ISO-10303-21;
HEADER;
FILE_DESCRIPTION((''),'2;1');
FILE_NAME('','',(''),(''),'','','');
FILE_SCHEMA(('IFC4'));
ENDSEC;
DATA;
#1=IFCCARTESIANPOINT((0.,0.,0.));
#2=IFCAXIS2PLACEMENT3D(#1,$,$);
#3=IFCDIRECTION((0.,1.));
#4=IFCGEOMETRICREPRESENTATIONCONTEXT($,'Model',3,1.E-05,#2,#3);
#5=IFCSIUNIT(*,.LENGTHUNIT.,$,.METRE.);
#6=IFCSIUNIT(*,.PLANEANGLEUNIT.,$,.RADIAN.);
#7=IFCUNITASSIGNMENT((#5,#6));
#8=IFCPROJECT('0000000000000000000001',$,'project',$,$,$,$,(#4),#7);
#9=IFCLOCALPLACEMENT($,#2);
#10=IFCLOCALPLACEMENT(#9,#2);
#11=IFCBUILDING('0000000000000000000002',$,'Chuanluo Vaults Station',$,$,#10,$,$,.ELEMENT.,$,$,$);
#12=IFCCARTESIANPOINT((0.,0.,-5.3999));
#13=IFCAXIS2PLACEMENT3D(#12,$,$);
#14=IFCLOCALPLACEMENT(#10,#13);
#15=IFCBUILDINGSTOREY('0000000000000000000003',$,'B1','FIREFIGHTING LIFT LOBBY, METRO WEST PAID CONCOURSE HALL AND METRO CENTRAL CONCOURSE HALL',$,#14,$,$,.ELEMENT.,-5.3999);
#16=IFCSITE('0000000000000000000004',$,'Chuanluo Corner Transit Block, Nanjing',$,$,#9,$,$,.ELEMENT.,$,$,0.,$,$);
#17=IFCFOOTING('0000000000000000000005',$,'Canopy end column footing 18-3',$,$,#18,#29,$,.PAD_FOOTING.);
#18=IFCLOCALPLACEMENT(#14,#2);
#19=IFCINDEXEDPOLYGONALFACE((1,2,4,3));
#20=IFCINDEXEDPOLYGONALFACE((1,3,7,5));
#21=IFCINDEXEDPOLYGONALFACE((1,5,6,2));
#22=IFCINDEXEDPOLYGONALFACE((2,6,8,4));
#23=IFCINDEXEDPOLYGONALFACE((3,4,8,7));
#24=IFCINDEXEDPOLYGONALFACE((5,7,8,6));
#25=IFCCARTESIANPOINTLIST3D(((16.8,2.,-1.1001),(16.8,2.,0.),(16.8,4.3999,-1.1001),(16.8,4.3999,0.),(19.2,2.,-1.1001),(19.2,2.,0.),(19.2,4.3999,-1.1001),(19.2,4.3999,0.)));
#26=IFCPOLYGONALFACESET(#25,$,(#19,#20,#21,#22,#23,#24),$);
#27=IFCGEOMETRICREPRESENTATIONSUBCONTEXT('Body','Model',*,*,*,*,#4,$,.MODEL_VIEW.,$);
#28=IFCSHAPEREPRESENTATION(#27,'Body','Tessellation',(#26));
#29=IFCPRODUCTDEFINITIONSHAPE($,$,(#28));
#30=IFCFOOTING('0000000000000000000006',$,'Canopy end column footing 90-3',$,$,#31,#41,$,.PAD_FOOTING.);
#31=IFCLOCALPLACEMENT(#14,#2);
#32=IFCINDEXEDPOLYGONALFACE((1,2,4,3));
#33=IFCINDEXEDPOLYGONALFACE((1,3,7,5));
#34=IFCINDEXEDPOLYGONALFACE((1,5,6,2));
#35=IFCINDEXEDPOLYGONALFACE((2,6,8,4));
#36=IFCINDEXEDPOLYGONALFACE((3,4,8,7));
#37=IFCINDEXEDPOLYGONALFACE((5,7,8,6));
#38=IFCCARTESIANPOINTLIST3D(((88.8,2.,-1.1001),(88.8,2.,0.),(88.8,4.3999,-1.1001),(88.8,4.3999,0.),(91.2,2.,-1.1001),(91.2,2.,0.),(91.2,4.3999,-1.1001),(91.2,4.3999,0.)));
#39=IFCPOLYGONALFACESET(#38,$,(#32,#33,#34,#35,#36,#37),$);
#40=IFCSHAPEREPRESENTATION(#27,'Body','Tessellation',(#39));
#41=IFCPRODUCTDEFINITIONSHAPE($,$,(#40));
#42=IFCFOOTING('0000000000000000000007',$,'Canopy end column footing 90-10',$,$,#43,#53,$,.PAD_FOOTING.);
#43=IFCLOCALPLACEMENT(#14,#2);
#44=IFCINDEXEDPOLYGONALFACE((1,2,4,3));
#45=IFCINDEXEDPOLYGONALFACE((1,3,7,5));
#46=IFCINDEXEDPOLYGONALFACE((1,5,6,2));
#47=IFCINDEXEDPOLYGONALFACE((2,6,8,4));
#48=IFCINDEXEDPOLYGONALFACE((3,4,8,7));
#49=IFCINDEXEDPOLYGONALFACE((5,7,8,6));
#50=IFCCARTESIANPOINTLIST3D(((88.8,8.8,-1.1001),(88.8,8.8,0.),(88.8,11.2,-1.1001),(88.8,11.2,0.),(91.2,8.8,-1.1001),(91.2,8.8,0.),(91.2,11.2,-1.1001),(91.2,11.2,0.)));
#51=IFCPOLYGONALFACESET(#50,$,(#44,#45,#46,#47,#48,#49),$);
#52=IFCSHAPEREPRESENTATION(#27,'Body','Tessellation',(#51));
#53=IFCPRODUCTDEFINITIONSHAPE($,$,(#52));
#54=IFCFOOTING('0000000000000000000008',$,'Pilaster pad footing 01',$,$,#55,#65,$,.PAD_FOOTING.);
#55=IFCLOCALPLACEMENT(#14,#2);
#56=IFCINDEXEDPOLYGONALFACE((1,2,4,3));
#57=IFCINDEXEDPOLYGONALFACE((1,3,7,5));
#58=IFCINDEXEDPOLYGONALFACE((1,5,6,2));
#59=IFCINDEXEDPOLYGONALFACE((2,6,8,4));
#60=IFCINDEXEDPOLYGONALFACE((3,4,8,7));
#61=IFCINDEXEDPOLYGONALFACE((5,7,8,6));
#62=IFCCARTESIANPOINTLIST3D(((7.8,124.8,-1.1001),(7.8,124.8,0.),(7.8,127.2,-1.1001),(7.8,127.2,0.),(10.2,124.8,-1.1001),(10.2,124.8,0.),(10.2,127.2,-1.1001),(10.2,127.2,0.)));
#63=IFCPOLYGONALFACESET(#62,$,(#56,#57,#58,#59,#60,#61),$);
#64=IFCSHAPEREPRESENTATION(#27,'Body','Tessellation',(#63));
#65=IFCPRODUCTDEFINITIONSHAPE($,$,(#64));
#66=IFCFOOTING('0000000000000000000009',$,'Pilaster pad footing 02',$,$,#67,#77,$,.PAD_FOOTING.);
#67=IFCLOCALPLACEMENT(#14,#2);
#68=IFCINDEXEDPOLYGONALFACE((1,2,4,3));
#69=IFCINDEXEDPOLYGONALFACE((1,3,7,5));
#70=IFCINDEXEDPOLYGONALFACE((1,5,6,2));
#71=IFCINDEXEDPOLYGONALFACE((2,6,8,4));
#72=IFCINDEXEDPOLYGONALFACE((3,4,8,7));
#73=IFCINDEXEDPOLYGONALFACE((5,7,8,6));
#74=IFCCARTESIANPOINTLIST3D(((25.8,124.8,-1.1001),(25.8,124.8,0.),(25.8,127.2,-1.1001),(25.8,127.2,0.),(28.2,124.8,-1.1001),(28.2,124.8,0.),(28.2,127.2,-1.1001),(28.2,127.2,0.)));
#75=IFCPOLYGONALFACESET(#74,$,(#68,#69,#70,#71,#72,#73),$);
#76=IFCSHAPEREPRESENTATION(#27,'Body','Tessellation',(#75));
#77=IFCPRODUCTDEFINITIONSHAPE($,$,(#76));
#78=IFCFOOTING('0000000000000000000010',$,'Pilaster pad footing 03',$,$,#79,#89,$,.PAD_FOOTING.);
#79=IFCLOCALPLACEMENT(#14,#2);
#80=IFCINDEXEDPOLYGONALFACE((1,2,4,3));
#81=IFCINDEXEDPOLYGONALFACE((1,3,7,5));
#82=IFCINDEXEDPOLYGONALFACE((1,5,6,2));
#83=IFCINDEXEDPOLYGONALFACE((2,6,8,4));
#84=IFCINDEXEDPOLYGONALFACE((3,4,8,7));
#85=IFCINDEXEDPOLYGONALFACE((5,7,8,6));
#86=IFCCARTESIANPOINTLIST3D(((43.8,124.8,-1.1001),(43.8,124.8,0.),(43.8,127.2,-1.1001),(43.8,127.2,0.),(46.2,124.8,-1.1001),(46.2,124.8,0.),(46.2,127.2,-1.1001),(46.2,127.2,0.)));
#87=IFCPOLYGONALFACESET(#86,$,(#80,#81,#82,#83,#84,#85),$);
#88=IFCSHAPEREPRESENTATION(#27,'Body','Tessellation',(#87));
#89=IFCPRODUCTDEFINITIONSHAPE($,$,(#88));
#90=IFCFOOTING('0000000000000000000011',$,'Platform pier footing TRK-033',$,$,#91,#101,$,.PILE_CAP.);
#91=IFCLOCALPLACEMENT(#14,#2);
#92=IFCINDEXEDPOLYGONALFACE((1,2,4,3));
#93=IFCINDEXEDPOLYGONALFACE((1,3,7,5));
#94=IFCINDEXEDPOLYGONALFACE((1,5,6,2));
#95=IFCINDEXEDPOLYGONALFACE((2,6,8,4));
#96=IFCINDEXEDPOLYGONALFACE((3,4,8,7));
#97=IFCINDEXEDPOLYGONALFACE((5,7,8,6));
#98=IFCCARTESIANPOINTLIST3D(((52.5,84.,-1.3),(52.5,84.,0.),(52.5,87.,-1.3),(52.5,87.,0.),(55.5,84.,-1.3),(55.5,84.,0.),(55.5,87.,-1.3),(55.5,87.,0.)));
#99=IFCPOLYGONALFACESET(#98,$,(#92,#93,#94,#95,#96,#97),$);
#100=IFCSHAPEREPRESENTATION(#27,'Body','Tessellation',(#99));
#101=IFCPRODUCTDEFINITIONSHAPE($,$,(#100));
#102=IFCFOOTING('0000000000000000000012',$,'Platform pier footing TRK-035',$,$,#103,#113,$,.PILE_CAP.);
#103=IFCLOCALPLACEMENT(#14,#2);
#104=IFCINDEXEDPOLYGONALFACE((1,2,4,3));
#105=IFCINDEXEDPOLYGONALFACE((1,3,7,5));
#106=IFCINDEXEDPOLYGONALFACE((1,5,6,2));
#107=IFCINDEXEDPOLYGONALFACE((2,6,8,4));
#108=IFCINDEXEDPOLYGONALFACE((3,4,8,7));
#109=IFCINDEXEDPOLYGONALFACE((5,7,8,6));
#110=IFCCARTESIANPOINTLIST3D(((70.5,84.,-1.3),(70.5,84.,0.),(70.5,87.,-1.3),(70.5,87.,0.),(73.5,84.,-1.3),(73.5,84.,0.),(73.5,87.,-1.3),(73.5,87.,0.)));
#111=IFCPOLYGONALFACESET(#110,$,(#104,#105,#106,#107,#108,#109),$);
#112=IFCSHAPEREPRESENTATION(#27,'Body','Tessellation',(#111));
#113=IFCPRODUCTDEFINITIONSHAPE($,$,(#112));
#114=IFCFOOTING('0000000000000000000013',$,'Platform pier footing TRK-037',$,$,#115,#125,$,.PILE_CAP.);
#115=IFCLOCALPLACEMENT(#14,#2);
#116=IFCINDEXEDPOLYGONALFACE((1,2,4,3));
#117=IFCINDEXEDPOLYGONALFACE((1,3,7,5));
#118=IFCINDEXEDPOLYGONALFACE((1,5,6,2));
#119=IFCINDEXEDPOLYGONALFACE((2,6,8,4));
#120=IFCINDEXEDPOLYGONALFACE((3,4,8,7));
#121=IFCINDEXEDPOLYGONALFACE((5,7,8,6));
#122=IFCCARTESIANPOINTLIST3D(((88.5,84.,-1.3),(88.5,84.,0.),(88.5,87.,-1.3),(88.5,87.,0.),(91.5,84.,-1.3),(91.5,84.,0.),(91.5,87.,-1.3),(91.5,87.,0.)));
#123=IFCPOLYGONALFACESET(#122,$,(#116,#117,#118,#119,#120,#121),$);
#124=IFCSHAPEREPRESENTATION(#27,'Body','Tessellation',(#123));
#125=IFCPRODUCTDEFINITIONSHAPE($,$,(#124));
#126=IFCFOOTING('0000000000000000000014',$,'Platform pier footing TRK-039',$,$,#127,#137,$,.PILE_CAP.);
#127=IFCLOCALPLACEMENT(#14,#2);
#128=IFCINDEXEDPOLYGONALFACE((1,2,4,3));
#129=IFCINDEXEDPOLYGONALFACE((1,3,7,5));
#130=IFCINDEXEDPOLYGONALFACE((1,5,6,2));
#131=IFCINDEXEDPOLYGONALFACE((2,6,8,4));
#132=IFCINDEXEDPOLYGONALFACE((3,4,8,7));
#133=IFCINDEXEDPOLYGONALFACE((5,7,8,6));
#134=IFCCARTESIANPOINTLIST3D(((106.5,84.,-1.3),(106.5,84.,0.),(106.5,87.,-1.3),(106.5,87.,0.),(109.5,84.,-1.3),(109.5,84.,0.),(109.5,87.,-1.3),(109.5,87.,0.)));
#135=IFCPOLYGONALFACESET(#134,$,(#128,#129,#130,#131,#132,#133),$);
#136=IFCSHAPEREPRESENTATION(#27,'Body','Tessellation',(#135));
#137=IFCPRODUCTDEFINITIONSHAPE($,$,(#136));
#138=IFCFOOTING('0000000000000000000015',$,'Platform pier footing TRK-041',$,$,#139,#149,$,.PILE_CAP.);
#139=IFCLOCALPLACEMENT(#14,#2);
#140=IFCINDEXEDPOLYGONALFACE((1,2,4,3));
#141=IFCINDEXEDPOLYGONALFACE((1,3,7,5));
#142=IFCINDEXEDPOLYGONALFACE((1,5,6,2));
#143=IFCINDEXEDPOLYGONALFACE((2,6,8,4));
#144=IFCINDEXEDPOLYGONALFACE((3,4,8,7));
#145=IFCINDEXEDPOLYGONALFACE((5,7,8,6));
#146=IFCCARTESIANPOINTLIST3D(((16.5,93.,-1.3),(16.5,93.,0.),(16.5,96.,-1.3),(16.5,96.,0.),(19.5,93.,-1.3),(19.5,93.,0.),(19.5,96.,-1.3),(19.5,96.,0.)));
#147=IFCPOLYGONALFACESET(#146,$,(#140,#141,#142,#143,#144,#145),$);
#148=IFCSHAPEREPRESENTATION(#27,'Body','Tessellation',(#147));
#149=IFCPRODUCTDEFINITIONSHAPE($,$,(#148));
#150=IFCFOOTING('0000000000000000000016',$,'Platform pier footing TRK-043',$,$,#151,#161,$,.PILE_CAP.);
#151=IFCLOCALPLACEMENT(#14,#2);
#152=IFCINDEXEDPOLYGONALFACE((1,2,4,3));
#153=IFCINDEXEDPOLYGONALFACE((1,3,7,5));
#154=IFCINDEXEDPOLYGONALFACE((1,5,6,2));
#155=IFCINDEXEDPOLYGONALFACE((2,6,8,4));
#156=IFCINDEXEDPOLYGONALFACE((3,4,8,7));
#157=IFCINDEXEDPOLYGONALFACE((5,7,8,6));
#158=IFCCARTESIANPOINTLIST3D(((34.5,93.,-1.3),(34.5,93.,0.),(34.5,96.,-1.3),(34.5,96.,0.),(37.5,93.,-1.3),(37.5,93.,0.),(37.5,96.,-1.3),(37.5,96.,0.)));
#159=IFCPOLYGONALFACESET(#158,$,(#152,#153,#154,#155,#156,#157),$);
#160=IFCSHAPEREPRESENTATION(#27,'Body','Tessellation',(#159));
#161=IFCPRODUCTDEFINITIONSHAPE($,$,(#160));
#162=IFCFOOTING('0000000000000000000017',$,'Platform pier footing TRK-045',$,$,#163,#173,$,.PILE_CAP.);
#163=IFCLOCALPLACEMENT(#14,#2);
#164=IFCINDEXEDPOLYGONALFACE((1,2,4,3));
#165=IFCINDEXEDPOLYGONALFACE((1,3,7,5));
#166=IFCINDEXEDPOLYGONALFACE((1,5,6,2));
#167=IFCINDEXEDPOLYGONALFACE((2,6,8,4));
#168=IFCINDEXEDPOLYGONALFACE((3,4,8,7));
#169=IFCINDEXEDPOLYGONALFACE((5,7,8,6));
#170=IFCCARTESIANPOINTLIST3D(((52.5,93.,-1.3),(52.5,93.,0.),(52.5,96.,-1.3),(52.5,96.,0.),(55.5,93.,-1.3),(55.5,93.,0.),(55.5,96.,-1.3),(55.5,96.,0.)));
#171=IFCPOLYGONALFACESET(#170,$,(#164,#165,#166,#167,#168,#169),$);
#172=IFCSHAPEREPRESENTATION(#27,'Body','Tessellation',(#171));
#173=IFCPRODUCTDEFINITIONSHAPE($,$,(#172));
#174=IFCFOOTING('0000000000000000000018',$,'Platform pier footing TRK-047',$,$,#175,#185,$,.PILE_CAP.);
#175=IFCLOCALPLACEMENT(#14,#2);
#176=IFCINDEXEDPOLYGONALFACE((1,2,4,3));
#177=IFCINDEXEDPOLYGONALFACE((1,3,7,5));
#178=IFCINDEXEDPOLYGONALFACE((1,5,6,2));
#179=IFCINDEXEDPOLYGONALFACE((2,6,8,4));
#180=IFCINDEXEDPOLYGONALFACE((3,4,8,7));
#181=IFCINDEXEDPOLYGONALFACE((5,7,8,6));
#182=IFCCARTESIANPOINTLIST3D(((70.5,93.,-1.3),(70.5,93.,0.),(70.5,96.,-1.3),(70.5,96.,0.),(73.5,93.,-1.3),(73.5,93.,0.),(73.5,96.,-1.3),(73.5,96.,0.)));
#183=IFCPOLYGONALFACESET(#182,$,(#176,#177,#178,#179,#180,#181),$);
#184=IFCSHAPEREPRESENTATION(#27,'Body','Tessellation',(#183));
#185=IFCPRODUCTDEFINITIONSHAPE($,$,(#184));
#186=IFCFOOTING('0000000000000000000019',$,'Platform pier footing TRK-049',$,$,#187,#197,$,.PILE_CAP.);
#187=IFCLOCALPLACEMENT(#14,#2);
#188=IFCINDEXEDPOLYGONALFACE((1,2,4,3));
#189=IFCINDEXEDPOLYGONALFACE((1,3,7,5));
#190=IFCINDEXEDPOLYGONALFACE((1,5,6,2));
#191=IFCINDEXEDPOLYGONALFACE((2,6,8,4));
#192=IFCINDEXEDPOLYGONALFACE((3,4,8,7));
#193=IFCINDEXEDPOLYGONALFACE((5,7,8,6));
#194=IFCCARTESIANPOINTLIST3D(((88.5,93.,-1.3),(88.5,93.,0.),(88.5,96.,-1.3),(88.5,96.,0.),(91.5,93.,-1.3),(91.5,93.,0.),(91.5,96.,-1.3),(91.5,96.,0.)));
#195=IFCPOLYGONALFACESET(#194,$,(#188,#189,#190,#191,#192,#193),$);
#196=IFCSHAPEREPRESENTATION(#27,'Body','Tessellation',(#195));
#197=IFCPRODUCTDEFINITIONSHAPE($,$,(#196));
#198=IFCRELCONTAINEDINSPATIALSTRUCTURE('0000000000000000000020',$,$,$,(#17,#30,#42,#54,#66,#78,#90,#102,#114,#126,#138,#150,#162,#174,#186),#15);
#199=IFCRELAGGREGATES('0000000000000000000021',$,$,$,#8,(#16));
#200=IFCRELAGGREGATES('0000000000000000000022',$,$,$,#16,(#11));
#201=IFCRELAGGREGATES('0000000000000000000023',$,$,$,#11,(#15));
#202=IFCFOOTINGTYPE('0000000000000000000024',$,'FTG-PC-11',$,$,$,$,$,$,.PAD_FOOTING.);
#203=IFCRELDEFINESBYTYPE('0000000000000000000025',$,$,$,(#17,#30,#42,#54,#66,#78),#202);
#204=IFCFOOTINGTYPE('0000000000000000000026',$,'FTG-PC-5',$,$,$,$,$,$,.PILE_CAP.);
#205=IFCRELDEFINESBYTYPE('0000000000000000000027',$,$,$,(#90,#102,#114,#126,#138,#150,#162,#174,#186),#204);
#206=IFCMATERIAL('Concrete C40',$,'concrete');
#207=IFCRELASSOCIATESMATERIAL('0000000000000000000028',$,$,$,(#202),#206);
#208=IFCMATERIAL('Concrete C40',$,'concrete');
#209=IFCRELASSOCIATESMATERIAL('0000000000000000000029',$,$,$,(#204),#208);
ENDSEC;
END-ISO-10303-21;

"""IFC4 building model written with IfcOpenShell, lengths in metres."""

from ifc_helpers import new_model, si_unit, direction, frame, origin, place, context, subcontext, project, spatial, polyline, outline, extrude, material, type_object, element, save


model = new_model("IFC4")

# Units and contexts
model_context = context("Model", 3, precision=1e-05, world=origin(), true_north=direction((0.0, 1.0)))
body_context = subcontext(model_context, "Body", "Model", "MODEL_VIEW")
ifc_project = project(units=[si_unit("LENGTHUNIT", "METRE"), si_unit("PLANEANGLEUNIT", "RADIAN")], contexts=[model_context])

# Site, building, storey
site_placement = place(None, origin())
site = spatial("IfcSite", under=ifc_project, at=site_placement, Name="Chuanluo Corner Transit Block, Nanjing", CompositionType="ELEMENT", RefElevation=0.0)
building_placement = place(site_placement, origin())
building = spatial("IfcBuilding", under=site, at=building_placement, Name="Chuanluo Vaults Station", CompositionType="ELEMENT")
storey_placement = place(building_placement, frame((0.0, 0.0, -5.3999)))
storey = spatial("IfcBuildingStorey", under=building, at=storey_placement, Name="B1", Description="FIREFIGHTING LIFT LOBBY, METRO WEST PAID CONCOURSE HALL AND METRO CENTRAL CONCOURSE HALL", CompositionType="ELEMENT", Elevation=-5.3999)

# Footings
ifc_material_1 = material(Name="Concrete C40", Category="concrete")
footing_type_1 = type_object("IfcFootingType", Name="FTG-PC-11", PredefinedType="PAD_FOOTING", material=ifc_material_1)
footing_1_placement = place(storey_placement, frame((0.0, 0.0, -1.1001)))
element("IfcFooting", 1, at=footing_1_placement, inside=storey, type_object=footing_type_1, Name="Canopy end column footing 18-3", PredefinedType="PAD_FOOTING", context=body_context, shape_type="SweptSolid", body=[
    extrude(outline(polyline([(16.8, 2.0), (19.2, 2.0), (19.2, 4.3999), (16.8, 4.3999), (16.8, 2.0)])), origin(), (0.0, 0.0, 1.0), 1.1001),
])
footing_2_placement = place(storey_placement, frame((0.0, 0.0, -1.1001)))
element("IfcFooting", 2, at=footing_2_placement, inside=storey, type_object=footing_type_1, Name="Canopy end column footing 90-3", PredefinedType="PAD_FOOTING", context=body_context, shape_type="SweptSolid", body=[
    extrude(outline(polyline([(88.8, 2.0), (91.2, 2.0), (91.2, 4.3999), (88.8, 4.3999), (88.8, 2.0)])), origin(), (0.0, 0.0, 1.0), 1.1001),
])
footing_3_placement = place(storey_placement, frame((0.0, 0.0, -1.1001)))
element("IfcFooting", 3, at=footing_3_placement, inside=storey, type_object=footing_type_1, Name="Canopy end column footing 90-10", PredefinedType="PAD_FOOTING", context=body_context, shape_type="SweptSolid", body=[
    extrude(outline(polyline([(88.8, 8.8), (91.2, 8.8), (91.2, 11.2), (88.8, 11.2), (88.8, 8.8)])), origin(), (0.0, 0.0, 1.0), 1.1001),
])
footing_4_placement = place(storey_placement, frame((0.0, 0.0, -1.1001)))
element("IfcFooting", 4, at=footing_4_placement, inside=storey, type_object=footing_type_1, Name="Pilaster pad footing 01", PredefinedType="PAD_FOOTING", context=body_context, shape_type="SweptSolid", body=[
    extrude(outline(polyline([(7.8, 124.8), (10.2, 124.8), (10.2, 127.2), (7.8, 127.2), (7.8, 124.8)])), origin(), (0.0, 0.0, 1.0), 1.1001),
])
footing_5_placement = place(storey_placement, frame((0.0, 0.0, -1.1001)))
element("IfcFooting", 5, at=footing_5_placement, inside=storey, type_object=footing_type_1, Name="Pilaster pad footing 02", PredefinedType="PAD_FOOTING", context=body_context, shape_type="SweptSolid", body=[
    extrude(outline(polyline([(25.8, 124.8), (28.2, 124.8), (28.2, 127.2), (25.8, 127.2), (25.8, 124.8)])), origin(), (0.0, 0.0, 1.0), 1.1001),
])
footing_6_placement = place(storey_placement, frame((0.0, 0.0, -1.1001)))
element("IfcFooting", 6, at=footing_6_placement, inside=storey, type_object=footing_type_1, Name="Pilaster pad footing 03", PredefinedType="PAD_FOOTING", context=body_context, shape_type="SweptSolid", body=[
    extrude(outline(polyline([(43.8, 124.8), (46.2, 124.8), (46.2, 127.2), (43.8, 127.2), (43.8, 124.8)])), origin(), (0.0, 0.0, 1.0), 1.1001),
])
ifc_material_2 = material(Name="Concrete C40", Category="concrete")
footing_type_2 = type_object("IfcFootingType", Name="FTG-PC-5", PredefinedType="PILE_CAP", material=ifc_material_2)
footing_7_placement = place(storey_placement, frame((0.0, 0.0, -1.3)))
element("IfcFooting", 7, at=footing_7_placement, inside=storey, type_object=footing_type_2, Name="Platform pier footing TRK-033", PredefinedType="PILE_CAP", context=body_context, shape_type="SweptSolid", body=[
    extrude(outline(polyline([(52.5, 84.0), (55.5, 84.0), (55.5, 87.0), (52.5, 87.0), (52.5, 84.0)])), origin(), (0.0, 0.0, 1.0), 1.3),
])
footing_8_placement = place(storey_placement, frame((0.0, 0.0, -1.3)))
element("IfcFooting", 8, at=footing_8_placement, inside=storey, type_object=footing_type_2, Name="Platform pier footing TRK-035", PredefinedType="PILE_CAP", context=body_context, shape_type="SweptSolid", body=[
    extrude(outline(polyline([(70.5, 84.0), (73.5, 84.0), (73.5, 87.0), (70.5, 87.0), (70.5, 84.0)])), origin(), (0.0, 0.0, 1.0), 1.3),
])
footing_9_placement = place(storey_placement, frame((0.0, 0.0, -1.3)))
element("IfcFooting", 9, at=footing_9_placement, inside=storey, type_object=footing_type_2, Name="Platform pier footing TRK-037", PredefinedType="PILE_CAP", context=body_context, shape_type="SweptSolid", body=[
    extrude(outline(polyline([(88.5, 84.0), (91.5, 84.0), (91.5, 87.0), (88.5, 87.0), (88.5, 84.0)])), origin(), (0.0, 0.0, 1.0), 1.3),
])
footing_10_placement = place(storey_placement, frame((0.0, 0.0, -1.3)))
element("IfcFooting", 10, at=footing_10_placement, inside=storey, type_object=footing_type_2, Name="Platform pier footing TRK-039", PredefinedType="PILE_CAP", context=body_context, shape_type="SweptSolid", body=[
    extrude(outline(polyline([(106.5, 84.0), (109.5, 84.0), (109.5, 87.0), (106.5, 87.0), (106.5, 84.0)])), origin(), (0.0, 0.0, 1.0), 1.3),
])
footing_11_placement = place(storey_placement, frame((0.0, 0.0, -1.3)))
element("IfcFooting", 11, at=footing_11_placement, inside=storey, type_object=footing_type_2, Name="Platform pier footing TRK-041", PredefinedType="PILE_CAP", context=body_context, shape_type="SweptSolid", body=[
    extrude(outline(polyline([(16.5, 93.0), (19.5, 93.0), (19.5, 96.0), (16.5, 96.0), (16.5, 93.0)])), origin(), (0.0, 0.0, 1.0), 1.3),
])
footing_12_placement = place(storey_placement, frame((0.0, 0.0, -1.3)))
element("IfcFooting", 12, at=footing_12_placement, inside=storey, type_object=footing_type_2, Name="Platform pier footing TRK-043", PredefinedType="PILE_CAP", context=body_context, shape_type="SweptSolid", body=[
    extrude(outline(polyline([(34.5, 93.0), (37.5, 93.0), (37.5, 96.0), (34.5, 96.0), (34.5, 93.0)])), origin(), (0.0, 0.0, 1.0), 1.3),
])
footing_13_placement = place(storey_placement, frame((0.0, 0.0, -1.3)))
element("IfcFooting", 13, at=footing_13_placement, inside=storey, type_object=footing_type_2, Name="Platform pier footing TRK-045", PredefinedType="PILE_CAP", context=body_context, shape_type="SweptSolid", body=[
    extrude(outline(polyline([(52.5, 93.0), (55.5, 93.0), (55.5, 96.0), (52.5, 96.0), (52.5, 93.0)])), origin(), (0.0, 0.0, 1.0), 1.3),
])
footing_14_placement = place(storey_placement, frame((0.0, 0.0, -1.3)))
element("IfcFooting", 14, at=footing_14_placement, inside=storey, type_object=footing_type_2, Name="Platform pier footing TRK-047", PredefinedType="PILE_CAP", context=body_context, shape_type="SweptSolid", body=[
    extrude(outline(polyline([(70.5, 93.0), (73.5, 93.0), (73.5, 96.0), (70.5, 96.0), (70.5, 93.0)])), origin(), (0.0, 0.0, 1.0), 1.3),
])
footing_15_placement = place(storey_placement, frame((0.0, 0.0, -1.3)))
element("IfcFooting", 15, at=footing_15_placement, inside=storey, type_object=footing_type_2, Name="Platform pier footing TRK-049", PredefinedType="PILE_CAP", context=body_context, shape_type="SweptSolid", body=[
    extrude(outline(polyline([(88.5, 93.0), (91.5, 93.0), (91.5, 96.0), (88.5, 96.0), (88.5, 93.0)])), origin(), (0.0, 0.0, 1.0), 1.3),
])

save(model, "model.ifc")
